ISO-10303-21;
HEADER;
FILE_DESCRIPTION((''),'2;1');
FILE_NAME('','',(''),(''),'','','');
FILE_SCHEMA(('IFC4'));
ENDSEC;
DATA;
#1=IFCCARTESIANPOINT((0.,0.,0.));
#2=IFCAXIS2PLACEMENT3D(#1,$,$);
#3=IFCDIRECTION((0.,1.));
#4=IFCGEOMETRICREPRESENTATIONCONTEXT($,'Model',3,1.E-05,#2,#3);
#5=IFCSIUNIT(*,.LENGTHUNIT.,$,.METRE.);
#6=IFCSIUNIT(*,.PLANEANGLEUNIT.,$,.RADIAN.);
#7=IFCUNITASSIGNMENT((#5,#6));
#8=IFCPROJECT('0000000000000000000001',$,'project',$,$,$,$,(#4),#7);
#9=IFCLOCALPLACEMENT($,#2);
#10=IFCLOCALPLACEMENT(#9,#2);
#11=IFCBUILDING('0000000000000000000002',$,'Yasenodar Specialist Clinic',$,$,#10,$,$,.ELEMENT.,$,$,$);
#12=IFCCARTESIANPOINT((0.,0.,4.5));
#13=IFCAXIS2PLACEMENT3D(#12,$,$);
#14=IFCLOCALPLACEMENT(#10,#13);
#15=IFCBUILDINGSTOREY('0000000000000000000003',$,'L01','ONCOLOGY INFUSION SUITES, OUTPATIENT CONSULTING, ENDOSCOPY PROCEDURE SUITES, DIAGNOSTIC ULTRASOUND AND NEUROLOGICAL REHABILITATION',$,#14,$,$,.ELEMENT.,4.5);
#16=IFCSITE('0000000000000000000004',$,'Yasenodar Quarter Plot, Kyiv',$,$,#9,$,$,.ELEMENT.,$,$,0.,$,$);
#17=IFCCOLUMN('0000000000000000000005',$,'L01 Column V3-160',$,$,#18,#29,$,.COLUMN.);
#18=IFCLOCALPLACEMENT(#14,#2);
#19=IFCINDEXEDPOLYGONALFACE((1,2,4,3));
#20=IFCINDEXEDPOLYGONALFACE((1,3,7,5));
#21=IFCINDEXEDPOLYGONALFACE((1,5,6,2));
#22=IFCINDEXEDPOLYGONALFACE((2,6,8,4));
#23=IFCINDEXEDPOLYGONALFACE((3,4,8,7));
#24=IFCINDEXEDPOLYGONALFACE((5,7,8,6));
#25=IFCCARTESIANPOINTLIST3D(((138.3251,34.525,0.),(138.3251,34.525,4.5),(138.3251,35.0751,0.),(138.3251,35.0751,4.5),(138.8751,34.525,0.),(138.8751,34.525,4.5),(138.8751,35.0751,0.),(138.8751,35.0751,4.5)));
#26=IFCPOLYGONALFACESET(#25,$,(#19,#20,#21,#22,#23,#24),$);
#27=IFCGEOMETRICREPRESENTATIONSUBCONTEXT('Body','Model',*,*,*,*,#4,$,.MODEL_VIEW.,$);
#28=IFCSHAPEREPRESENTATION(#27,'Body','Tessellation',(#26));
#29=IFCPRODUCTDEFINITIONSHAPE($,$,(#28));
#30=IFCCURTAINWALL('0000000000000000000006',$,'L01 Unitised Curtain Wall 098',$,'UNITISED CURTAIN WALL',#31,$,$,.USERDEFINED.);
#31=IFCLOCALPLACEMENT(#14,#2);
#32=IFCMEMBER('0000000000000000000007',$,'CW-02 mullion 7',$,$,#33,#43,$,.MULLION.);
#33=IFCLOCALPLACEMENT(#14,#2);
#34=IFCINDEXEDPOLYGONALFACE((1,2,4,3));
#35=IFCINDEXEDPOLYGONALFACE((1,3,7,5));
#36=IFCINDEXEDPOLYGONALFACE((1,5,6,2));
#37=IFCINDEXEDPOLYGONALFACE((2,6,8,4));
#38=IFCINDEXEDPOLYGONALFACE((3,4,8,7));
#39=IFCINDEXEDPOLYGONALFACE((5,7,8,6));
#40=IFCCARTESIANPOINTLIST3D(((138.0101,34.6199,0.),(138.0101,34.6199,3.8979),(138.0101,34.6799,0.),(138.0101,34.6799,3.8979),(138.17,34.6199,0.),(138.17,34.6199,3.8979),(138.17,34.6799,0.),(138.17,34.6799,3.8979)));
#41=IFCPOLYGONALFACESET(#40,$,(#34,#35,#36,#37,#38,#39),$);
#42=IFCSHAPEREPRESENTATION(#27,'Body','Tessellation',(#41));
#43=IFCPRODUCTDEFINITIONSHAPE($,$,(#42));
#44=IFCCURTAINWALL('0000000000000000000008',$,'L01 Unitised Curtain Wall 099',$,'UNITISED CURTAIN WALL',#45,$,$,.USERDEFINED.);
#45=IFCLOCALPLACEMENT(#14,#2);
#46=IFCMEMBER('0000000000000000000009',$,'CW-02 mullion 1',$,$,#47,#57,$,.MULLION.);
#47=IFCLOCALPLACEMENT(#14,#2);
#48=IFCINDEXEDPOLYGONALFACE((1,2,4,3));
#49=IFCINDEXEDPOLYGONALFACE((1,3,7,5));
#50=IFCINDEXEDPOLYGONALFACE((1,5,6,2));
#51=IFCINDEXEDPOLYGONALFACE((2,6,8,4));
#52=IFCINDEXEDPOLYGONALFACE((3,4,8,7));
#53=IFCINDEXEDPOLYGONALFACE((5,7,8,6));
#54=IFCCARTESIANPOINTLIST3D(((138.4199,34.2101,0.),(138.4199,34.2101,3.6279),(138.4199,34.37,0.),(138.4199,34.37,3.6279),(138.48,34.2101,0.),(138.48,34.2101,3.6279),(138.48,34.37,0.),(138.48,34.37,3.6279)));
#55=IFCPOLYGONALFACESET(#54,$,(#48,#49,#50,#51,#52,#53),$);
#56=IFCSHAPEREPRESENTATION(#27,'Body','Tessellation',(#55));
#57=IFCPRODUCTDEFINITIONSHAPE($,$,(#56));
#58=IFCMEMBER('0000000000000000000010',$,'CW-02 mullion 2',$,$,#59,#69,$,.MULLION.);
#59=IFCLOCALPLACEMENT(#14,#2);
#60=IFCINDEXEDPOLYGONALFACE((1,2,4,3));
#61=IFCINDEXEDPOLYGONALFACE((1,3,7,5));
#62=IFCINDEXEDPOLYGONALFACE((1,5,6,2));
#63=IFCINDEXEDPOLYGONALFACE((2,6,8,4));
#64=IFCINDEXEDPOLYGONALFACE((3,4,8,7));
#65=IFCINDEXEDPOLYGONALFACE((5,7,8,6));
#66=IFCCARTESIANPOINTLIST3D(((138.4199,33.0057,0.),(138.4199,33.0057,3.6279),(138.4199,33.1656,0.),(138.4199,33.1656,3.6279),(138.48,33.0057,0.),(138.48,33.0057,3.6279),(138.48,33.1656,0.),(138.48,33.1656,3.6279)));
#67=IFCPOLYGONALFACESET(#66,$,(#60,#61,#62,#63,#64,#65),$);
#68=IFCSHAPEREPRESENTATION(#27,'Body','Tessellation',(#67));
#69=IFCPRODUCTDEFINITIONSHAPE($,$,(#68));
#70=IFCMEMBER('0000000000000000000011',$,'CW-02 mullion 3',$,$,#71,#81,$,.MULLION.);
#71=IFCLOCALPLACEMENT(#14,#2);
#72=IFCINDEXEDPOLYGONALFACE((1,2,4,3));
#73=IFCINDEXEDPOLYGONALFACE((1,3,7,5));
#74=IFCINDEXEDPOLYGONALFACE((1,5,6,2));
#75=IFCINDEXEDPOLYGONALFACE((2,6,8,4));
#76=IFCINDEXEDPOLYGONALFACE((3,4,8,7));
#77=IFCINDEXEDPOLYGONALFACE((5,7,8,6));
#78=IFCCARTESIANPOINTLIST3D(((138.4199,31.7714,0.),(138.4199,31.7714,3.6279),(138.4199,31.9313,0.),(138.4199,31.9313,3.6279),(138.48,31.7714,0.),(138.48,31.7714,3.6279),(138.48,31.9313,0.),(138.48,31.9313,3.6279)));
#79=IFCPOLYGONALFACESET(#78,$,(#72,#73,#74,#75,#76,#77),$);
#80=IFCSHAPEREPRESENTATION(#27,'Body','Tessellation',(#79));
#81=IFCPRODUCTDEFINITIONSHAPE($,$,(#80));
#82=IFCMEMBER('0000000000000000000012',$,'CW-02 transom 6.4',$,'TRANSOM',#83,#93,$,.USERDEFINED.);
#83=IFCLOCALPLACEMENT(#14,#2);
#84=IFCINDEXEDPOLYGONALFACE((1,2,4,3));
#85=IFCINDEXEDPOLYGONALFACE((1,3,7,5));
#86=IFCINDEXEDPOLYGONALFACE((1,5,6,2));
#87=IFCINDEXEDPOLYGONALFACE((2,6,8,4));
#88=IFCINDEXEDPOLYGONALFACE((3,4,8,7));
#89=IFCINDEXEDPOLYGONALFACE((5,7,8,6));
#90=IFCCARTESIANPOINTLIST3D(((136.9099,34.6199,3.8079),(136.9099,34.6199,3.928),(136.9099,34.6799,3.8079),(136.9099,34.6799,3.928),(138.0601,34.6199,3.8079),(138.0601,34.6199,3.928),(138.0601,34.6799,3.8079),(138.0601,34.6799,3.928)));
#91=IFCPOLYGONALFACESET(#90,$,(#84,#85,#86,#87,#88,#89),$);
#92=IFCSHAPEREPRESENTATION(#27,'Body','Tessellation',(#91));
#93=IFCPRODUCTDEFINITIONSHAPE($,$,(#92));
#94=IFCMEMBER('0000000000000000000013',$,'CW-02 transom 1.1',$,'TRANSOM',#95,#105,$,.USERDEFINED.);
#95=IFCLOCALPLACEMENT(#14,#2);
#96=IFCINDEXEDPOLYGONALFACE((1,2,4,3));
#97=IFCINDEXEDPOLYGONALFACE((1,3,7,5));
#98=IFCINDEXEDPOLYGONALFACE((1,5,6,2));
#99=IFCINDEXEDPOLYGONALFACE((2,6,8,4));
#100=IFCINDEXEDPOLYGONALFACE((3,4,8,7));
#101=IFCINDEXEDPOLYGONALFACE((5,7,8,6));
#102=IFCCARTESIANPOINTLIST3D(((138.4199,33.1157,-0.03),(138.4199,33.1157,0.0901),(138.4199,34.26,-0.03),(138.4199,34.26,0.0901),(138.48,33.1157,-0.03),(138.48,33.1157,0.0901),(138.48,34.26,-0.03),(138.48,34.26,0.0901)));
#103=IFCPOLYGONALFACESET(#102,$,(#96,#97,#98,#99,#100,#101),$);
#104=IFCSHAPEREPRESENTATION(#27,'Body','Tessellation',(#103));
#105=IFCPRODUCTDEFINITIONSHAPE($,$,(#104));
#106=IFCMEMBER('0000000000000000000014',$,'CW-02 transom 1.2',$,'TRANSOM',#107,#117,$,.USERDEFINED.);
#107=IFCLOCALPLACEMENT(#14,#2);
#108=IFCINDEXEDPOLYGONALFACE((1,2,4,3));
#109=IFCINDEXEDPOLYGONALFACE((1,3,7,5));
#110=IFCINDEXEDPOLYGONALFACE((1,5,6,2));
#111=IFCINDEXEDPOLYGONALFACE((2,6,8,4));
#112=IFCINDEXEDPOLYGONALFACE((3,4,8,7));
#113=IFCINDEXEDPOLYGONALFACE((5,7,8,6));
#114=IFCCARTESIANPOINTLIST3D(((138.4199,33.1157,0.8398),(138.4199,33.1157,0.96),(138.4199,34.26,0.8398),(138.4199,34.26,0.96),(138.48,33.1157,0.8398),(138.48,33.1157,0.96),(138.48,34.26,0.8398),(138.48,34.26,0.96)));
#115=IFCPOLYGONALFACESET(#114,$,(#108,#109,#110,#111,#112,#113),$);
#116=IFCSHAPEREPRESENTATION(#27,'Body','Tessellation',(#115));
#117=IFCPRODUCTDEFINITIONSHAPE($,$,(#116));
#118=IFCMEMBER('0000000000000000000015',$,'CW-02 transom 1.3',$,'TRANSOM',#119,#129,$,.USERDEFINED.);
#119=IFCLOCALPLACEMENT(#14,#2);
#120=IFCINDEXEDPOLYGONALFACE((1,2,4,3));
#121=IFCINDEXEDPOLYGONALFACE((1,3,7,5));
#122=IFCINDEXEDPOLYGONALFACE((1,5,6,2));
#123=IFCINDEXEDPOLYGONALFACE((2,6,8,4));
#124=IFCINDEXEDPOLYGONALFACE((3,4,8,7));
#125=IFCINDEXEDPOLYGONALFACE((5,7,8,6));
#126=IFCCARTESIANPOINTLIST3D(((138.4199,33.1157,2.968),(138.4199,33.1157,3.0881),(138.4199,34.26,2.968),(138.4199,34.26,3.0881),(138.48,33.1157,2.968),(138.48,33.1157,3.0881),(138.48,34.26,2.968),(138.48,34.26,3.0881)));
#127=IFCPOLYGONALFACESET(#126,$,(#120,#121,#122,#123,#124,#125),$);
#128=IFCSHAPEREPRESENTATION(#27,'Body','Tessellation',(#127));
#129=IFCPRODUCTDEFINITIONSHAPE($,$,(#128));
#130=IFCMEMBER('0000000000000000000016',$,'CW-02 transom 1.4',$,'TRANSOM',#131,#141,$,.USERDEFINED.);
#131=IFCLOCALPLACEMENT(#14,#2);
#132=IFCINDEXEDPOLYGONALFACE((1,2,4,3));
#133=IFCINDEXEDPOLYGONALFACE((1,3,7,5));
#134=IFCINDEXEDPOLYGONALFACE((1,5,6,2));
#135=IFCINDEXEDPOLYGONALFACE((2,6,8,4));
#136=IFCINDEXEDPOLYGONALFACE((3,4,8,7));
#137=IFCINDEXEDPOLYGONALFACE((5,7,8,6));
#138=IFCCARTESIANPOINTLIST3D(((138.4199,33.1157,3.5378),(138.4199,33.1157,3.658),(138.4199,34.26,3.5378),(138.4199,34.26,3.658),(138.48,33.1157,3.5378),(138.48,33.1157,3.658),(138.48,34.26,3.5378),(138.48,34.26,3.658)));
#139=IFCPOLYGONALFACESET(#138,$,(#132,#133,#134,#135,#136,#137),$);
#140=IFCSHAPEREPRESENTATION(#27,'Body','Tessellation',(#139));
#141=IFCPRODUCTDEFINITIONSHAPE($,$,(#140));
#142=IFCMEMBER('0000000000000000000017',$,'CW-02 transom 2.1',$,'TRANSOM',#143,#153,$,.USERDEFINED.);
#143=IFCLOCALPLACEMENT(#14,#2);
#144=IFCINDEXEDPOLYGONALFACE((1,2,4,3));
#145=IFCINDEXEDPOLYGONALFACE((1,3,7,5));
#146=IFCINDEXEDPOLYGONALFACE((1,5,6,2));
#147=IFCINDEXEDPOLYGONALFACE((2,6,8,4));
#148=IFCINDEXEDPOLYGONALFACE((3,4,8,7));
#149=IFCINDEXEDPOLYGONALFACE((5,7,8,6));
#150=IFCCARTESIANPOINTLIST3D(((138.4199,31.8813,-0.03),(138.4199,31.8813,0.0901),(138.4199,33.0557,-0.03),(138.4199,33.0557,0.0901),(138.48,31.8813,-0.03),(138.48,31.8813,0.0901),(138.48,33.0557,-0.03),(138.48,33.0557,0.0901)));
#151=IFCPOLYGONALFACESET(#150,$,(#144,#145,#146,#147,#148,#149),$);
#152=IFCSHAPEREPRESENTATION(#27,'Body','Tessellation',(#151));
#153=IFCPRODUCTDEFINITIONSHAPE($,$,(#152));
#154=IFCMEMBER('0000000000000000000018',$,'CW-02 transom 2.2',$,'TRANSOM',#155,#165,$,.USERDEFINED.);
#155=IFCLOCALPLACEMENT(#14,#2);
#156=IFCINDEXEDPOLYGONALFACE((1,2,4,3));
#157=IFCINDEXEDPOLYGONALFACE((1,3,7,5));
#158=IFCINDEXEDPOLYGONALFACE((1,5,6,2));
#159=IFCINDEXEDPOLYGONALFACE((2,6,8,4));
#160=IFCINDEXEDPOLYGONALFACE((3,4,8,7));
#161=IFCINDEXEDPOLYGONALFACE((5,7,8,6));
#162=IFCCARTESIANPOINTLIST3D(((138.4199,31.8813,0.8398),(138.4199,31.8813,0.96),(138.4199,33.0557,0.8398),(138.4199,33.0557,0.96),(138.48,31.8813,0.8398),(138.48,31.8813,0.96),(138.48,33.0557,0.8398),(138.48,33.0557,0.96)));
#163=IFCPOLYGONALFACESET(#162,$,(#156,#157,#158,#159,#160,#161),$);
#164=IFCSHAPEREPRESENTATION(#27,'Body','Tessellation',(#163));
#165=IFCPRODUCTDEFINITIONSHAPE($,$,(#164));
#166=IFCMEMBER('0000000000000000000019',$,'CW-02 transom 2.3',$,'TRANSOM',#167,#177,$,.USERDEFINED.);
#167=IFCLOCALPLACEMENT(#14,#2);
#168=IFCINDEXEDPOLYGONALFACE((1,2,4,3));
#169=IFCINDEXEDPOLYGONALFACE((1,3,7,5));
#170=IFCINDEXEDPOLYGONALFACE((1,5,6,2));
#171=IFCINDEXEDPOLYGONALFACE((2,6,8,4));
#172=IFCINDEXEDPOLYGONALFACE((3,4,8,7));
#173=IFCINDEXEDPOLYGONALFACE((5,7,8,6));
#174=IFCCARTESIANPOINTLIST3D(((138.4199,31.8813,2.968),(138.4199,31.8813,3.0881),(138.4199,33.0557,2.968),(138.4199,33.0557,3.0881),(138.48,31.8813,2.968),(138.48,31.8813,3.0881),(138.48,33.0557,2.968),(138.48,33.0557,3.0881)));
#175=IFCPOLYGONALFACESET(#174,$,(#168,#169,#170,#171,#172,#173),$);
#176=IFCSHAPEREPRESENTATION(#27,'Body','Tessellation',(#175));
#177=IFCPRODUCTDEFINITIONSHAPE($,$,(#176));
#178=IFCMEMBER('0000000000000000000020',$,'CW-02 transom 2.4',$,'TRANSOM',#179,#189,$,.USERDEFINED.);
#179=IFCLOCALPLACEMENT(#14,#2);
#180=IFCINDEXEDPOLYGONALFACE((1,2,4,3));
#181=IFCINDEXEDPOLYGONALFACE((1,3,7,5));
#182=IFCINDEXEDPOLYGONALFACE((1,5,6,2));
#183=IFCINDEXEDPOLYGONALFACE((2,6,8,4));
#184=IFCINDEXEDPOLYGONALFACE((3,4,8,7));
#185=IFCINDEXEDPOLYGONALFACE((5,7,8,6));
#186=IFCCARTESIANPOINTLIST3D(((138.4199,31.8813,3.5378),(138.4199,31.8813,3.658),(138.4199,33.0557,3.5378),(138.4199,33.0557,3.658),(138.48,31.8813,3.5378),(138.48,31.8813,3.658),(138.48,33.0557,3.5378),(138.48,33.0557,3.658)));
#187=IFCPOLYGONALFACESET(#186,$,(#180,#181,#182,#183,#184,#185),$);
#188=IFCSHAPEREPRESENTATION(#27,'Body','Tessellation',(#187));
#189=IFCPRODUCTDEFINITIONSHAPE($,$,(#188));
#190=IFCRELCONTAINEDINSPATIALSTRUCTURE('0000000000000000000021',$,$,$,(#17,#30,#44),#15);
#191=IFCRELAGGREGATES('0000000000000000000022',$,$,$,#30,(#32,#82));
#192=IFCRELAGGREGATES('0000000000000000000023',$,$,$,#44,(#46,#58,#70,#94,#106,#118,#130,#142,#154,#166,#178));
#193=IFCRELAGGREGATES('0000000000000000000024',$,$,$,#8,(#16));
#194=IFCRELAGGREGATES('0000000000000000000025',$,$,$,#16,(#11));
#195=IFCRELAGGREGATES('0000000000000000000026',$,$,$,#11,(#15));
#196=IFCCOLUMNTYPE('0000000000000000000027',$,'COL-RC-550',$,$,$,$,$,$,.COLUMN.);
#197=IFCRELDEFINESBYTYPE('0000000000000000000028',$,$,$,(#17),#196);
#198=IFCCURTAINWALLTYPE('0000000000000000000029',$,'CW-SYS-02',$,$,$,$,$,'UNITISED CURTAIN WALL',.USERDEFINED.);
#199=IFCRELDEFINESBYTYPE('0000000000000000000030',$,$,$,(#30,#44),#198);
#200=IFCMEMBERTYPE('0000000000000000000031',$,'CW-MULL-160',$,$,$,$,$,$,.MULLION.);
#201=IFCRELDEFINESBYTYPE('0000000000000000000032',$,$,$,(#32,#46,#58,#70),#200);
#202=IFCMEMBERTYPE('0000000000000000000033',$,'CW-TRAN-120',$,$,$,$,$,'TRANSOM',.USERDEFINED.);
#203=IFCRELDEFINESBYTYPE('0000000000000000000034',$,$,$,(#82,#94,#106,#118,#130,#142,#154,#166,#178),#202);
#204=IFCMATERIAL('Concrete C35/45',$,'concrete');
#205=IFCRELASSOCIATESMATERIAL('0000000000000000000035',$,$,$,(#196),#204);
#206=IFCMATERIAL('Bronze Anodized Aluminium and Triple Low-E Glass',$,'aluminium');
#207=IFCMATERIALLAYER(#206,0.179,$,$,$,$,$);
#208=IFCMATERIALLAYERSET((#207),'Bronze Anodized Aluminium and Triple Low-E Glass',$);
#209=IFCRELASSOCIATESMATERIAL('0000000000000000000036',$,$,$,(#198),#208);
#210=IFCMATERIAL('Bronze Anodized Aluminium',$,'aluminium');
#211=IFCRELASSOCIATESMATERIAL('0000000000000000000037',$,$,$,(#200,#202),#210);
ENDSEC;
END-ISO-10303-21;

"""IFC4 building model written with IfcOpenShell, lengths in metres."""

from ifc_helpers import new_model, si_unit, direction, frame, origin, origin_2d, place, context, subcontext, project, spatial, rectangle, extrude, material, layer, layer_set, material_profile, profile_set, type_object, element, aggregate, save


model = new_model("IFC4")

# Units and contexts
model_context = context("Model", 3, precision=1e-05, world=origin(), true_north=direction((0.0, 1.0)))
body_context = subcontext(model_context, "Body", "Model", "MODEL_VIEW")
ifc_project = project(units=[si_unit("LENGTHUNIT", "METRE"), si_unit("PLANEANGLEUNIT", "RADIAN")], contexts=[model_context])

# Site, building, storey
site_placement = place(None, origin())
site = spatial("IfcSite", under=ifc_project, at=site_placement, Name="Yasenodar Quarter Plot, Kyiv", CompositionType="ELEMENT", RefElevation=0.0)
building_placement = place(site_placement, origin())
building = spatial("IfcBuilding", under=site, at=building_placement, Name="Yasenodar Specialist Clinic", CompositionType="ELEMENT")
storey_placement = place(building_placement, frame((0.0, 0.0, 4.5)))
storey = spatial("IfcBuildingStorey", under=building, at=storey_placement, Name="L01", Description="ONCOLOGY INFUSION SUITES, OUTPATIENT CONSULTING, ENDOSCOPY PROCEDURE SUITES, DIAGNOSTIC ULTRASOUND AND NEUROLOGICAL REHABILITATION", CompositionType="ELEMENT", Elevation=4.5)

# Column
ifc_material_1 = material(Name="Concrete C35/45", Category="concrete")
ifc_material_profile_1 = material_profile(ifc_material_1, rectangle(XDim=0.55, YDim=0.55, at=origin_2d()), Name="RC 550x550")
ifc_profile_set_1 = profile_set([ifc_material_profile_1], Name="Concrete C35/45")
column_type = type_object("IfcColumnType", Name="COL-RC-550", PredefinedType="COLUMN", material=ifc_profile_set_1)
column_placement = place(storey_placement, frame((138.6001, 34.8, 0.0), z_axis=(0.0, 0.0, 1.0), x_axis=(1.0, 0.0, 0.0)))
element("IfcColumn", 1, at=column_placement, inside=storey, type_object=column_type, Name="L01 Column V3-160", PredefinedType="COLUMN", context=body_context, shape_type="SweptSolid", body=[
    extrude(rectangle(XDim=0.55, YDim=0.55, at=origin_2d()), origin(), (0.0, 0.0, 1.0), 4.5),
])

# Curtain wall, member
ifc_material_2 = material(Name="Bronze Anodized Aluminium and Triple Low-E Glass", Category="aluminium")
ifc_layer_1 = layer(ifc_material_2, 0.179)
ifc_layer_set_1 = layer_set([ifc_layer_1], Name="Bronze Anodized Aluminium and Triple Low-E Glass")
curtain_wall_type = type_object("IfcCurtainWallType", Name="CW-SYS-02", ElementType="UNITISED CURTAIN WALL", PredefinedType="USERDEFINED", material=ifc_layer_set_1)
curtain_wall_1_placement = place(storey_placement, origin())
curtain_wall_1 = element("IfcCurtainWall", 2, at=curtain_wall_1_placement, inside=storey, type_object=curtain_wall_type, Name="L01 Unitised Curtain Wall 098", ObjectType="UNITISED CURTAIN WALL", PredefinedType="USERDEFINED")
ifc_material_3 = material(Name="Bronze Anodized Aluminium", Category="aluminium")
ifc_material_profile_2 = material_profile(ifc_material_3, rectangle(XDim=0.0601, YDim=0.1599, at=origin_2d()), Name="CW-MULL 60x160")
ifc_profile_set_2 = profile_set([ifc_material_profile_2], Name="Bronze Anodized Aluminium")
member_type_1 = type_object("IfcMemberType", Name="CW-MULL-160", PredefinedType="MULLION", material=ifc_profile_set_2)
member_1_placement = place(storey_placement, frame((138.0901, 34.6499, 0.0), z_axis=(0.0, 0.0, 1.0), x_axis=(0.0, 1.0, 0.0)))
member_1 = element("IfcMember", 3, at=member_1_placement, type_object=member_type_1, Name="CW-02 mullion 7", PredefinedType="MULLION", context=body_context, shape_type="SweptSolid", body=[
    extrude(rectangle(XDim=0.0601, YDim=0.1599, at=origin_2d()), origin(), (0.0, 0.0, 1.0), 3.8979),
])

# Curtain wall, members
curtain_wall_2_placement = place(storey_placement, origin())
curtain_wall_2 = element("IfcCurtainWall", 4, at=curtain_wall_2_placement, inside=storey, type_object=curtain_wall_type, Name="L01 Unitised Curtain Wall 099", ObjectType="UNITISED CURTAIN WALL", PredefinedType="USERDEFINED")
member_2_placement = place(storey_placement, frame((138.45, 34.29, 0.0), z_axis=(0.0, 0.0, 1.0), x_axis=(1.0, 0.0, 0.0)))
member_2 = element("IfcMember", 5, at=member_2_placement, type_object=member_type_1, Name="CW-02 mullion 1", PredefinedType="MULLION", context=body_context, shape_type="SweptSolid", body=[
    extrude(rectangle(XDim=0.0601, YDim=0.1599, at=origin_2d()), origin(), (0.0, 0.0, 1.0), 3.6279),
])
member_3_placement = place(storey_placement, frame((138.45, 33.0857, 0.0), z_axis=(0.0, 0.0, 1.0), x_axis=(1.0, 0.0, 0.0)))
member_3 = element("IfcMember", 6, at=member_3_placement, type_object=member_type_1, Name="CW-02 mullion 2", PredefinedType="MULLION", context=body_context, shape_type="SweptSolid", body=[
    extrude(rectangle(XDim=0.0601, YDim=0.1599, at=origin_2d()), origin(), (0.0, 0.0, 1.0), 3.6279),
])
member_4_placement = place(storey_placement, frame((138.45, 31.8513, 0.0), z_axis=(0.0, 0.0, 1.0), x_axis=(1.0, 0.0, 0.0)))
member_4 = element("IfcMember", 7, at=member_4_placement, type_object=member_type_1, Name="CW-02 mullion 3", PredefinedType="MULLION", context=body_context, shape_type="SweptSolid", body=[
    extrude(rectangle(XDim=0.0601, YDim=0.1599, at=origin_2d()), origin(), (0.0, 0.0, 1.0), 3.6279),
])

# Members
ifc_material_profile_3 = material_profile(ifc_material_3, rectangle(XDim=0.0601, YDim=0.1201, at=origin_2d()), Name="CW-TRAN 60x120")
ifc_profile_set_3 = profile_set([ifc_material_profile_3], Name="Bronze Anodized Aluminium")
member_type_2 = type_object("IfcMemberType", Name="CW-TRAN-120", ElementType="TRANSOM", PredefinedType="USERDEFINED", material=ifc_profile_set_3)
member_5_placement = place(storey_placement, frame((136.9099, 34.6499, 3.8679), z_axis=(1.0, 0.0, 0.0), x_axis=(0.0, 1.0, 0.0)))
member_5 = element("IfcMember", 8, at=member_5_placement, type_object=member_type_2, Name="CW-02 transom 6.4", ObjectType="TRANSOM", PredefinedType="USERDEFINED", context=body_context, shape_type="SweptSolid", body=[
    extrude(rectangle(XDim=0.0601, YDim=0.1201, at=origin_2d()), origin(), (0.0, 0.0, 1.0), 1.1501),
])
member_6_placement = place(storey_placement, frame((138.45, 34.26, 0.03), z_axis=(0.0, -1.0, 0.0), x_axis=(1.0, 0.0, 0.0)))
member_6 = element("IfcMember", 9, at=member_6_placement, type_object=member_type_2, Name="CW-02 transom 1.1", ObjectType="TRANSOM", PredefinedType="USERDEFINED", context=body_context, shape_type="SweptSolid", body=[
    extrude(rectangle(XDim=0.0601, YDim=0.1201, at=origin_2d()), origin(), (0.0, 0.0, 1.0), 1.1443),
])
member_7_placement = place(storey_placement, frame((138.45, 34.26, 0.8999), z_axis=(0.0, -1.0, 0.0), x_axis=(1.0, 0.0, 0.0)))
member_7 = element("IfcMember", 10, at=member_7_placement, type_object=member_type_2, Name="CW-02 transom 1.2", ObjectType="TRANSOM", PredefinedType="USERDEFINED", context=body_context, shape_type="SweptSolid", body=[
    extrude(rectangle(XDim=0.0601, YDim=0.1201, at=origin_2d()), origin(), (0.0, 0.0, 1.0), 1.1443),
])
member_8_placement = place(storey_placement, frame((138.45, 34.26, 3.0281), z_axis=(0.0, -1.0, 0.0), x_axis=(1.0, 0.0, 0.0)))
member_8 = element("IfcMember", 11, at=member_8_placement, type_object=member_type_2, Name="CW-02 transom 1.3", ObjectType="TRANSOM", PredefinedType="USERDEFINED", context=body_context, shape_type="SweptSolid", body=[
    extrude(rectangle(XDim=0.0601, YDim=0.1201, at=origin_2d()), origin(), (0.0, 0.0, 1.0), 1.1443),
])
member_9_placement = place(storey_placement, frame((138.45, 34.26, 3.5979), z_axis=(0.0, -1.0, 0.0), x_axis=(1.0, 0.0, 0.0)))
member_9 = element("IfcMember", 12, at=member_9_placement, type_object=member_type_2, Name="CW-02 transom 1.4", ObjectType="TRANSOM", PredefinedType="USERDEFINED", context=body_context, shape_type="SweptSolid", body=[
    extrude(rectangle(XDim=0.0601, YDim=0.1201, at=origin_2d()), origin(), (0.0, 0.0, 1.0), 1.1443),
])
member_10_placement = place(storey_placement, frame((138.45, 33.0557, 0.03), z_axis=(0.0, -1.0, 0.0), x_axis=(1.0, 0.0, 0.0)))
member_10 = element("IfcMember", 13, at=member_10_placement, type_object=member_type_2, Name="CW-02 transom 2.1", ObjectType="TRANSOM", PredefinedType="USERDEFINED", context=body_context, shape_type="SweptSolid", body=[
    extrude(rectangle(XDim=0.0601, YDim=0.1201, at=origin_2d()), origin(), (0.0, 0.0, 1.0), 1.1743),
])
member_11_placement = place(storey_placement, frame((138.45, 33.0557, 0.8999), z_axis=(0.0, -1.0, 0.0), x_axis=(1.0, 0.0, 0.0)))
member_11 = element("IfcMember", 14, at=member_11_placement, type_object=member_type_2, Name="CW-02 transom 2.2", ObjectType="TRANSOM", PredefinedType="USERDEFINED", context=body_context, shape_type="SweptSolid", body=[
    extrude(rectangle(XDim=0.0601, YDim=0.1201, at=origin_2d()), origin(), (0.0, 0.0, 1.0), 1.1743),
])
member_12_placement = place(storey_placement, frame((138.45, 33.0557, 3.0281), z_axis=(0.0, -1.0, 0.0), x_axis=(1.0, 0.0, 0.0)))
member_12 = element("IfcMember", 15, at=member_12_placement, type_object=member_type_2, Name="CW-02 transom 2.3", ObjectType="TRANSOM", PredefinedType="USERDEFINED", context=body_context, shape_type="SweptSolid", body=[
    extrude(rectangle(XDim=0.0601, YDim=0.1201, at=origin_2d()), origin(), (0.0, 0.0, 1.0), 1.1743),
])
member_13_placement = place(storey_placement, frame((138.45, 33.0557, 3.5979), z_axis=(0.0, -1.0, 0.0), x_axis=(1.0, 0.0, 0.0)))
member_13 = element("IfcMember", 16, at=member_13_placement, type_object=member_type_2, Name="CW-02 transom 2.4", ObjectType="TRANSOM", PredefinedType="USERDEFINED", context=body_context, shape_type="SweptSolid", body=[
    extrude(rectangle(XDim=0.0601, YDim=0.1201, at=origin_2d()), origin(), (0.0, 0.0, 1.0), 1.1743),
])

aggregate(curtain_wall_1, [member_1, member_5])
aggregate(curtain_wall_2, [member_2, member_3, member_4, member_6, member_7, member_8, member_9, member_10, member_11, member_12, member_13])

save(model, "model.ifc")
